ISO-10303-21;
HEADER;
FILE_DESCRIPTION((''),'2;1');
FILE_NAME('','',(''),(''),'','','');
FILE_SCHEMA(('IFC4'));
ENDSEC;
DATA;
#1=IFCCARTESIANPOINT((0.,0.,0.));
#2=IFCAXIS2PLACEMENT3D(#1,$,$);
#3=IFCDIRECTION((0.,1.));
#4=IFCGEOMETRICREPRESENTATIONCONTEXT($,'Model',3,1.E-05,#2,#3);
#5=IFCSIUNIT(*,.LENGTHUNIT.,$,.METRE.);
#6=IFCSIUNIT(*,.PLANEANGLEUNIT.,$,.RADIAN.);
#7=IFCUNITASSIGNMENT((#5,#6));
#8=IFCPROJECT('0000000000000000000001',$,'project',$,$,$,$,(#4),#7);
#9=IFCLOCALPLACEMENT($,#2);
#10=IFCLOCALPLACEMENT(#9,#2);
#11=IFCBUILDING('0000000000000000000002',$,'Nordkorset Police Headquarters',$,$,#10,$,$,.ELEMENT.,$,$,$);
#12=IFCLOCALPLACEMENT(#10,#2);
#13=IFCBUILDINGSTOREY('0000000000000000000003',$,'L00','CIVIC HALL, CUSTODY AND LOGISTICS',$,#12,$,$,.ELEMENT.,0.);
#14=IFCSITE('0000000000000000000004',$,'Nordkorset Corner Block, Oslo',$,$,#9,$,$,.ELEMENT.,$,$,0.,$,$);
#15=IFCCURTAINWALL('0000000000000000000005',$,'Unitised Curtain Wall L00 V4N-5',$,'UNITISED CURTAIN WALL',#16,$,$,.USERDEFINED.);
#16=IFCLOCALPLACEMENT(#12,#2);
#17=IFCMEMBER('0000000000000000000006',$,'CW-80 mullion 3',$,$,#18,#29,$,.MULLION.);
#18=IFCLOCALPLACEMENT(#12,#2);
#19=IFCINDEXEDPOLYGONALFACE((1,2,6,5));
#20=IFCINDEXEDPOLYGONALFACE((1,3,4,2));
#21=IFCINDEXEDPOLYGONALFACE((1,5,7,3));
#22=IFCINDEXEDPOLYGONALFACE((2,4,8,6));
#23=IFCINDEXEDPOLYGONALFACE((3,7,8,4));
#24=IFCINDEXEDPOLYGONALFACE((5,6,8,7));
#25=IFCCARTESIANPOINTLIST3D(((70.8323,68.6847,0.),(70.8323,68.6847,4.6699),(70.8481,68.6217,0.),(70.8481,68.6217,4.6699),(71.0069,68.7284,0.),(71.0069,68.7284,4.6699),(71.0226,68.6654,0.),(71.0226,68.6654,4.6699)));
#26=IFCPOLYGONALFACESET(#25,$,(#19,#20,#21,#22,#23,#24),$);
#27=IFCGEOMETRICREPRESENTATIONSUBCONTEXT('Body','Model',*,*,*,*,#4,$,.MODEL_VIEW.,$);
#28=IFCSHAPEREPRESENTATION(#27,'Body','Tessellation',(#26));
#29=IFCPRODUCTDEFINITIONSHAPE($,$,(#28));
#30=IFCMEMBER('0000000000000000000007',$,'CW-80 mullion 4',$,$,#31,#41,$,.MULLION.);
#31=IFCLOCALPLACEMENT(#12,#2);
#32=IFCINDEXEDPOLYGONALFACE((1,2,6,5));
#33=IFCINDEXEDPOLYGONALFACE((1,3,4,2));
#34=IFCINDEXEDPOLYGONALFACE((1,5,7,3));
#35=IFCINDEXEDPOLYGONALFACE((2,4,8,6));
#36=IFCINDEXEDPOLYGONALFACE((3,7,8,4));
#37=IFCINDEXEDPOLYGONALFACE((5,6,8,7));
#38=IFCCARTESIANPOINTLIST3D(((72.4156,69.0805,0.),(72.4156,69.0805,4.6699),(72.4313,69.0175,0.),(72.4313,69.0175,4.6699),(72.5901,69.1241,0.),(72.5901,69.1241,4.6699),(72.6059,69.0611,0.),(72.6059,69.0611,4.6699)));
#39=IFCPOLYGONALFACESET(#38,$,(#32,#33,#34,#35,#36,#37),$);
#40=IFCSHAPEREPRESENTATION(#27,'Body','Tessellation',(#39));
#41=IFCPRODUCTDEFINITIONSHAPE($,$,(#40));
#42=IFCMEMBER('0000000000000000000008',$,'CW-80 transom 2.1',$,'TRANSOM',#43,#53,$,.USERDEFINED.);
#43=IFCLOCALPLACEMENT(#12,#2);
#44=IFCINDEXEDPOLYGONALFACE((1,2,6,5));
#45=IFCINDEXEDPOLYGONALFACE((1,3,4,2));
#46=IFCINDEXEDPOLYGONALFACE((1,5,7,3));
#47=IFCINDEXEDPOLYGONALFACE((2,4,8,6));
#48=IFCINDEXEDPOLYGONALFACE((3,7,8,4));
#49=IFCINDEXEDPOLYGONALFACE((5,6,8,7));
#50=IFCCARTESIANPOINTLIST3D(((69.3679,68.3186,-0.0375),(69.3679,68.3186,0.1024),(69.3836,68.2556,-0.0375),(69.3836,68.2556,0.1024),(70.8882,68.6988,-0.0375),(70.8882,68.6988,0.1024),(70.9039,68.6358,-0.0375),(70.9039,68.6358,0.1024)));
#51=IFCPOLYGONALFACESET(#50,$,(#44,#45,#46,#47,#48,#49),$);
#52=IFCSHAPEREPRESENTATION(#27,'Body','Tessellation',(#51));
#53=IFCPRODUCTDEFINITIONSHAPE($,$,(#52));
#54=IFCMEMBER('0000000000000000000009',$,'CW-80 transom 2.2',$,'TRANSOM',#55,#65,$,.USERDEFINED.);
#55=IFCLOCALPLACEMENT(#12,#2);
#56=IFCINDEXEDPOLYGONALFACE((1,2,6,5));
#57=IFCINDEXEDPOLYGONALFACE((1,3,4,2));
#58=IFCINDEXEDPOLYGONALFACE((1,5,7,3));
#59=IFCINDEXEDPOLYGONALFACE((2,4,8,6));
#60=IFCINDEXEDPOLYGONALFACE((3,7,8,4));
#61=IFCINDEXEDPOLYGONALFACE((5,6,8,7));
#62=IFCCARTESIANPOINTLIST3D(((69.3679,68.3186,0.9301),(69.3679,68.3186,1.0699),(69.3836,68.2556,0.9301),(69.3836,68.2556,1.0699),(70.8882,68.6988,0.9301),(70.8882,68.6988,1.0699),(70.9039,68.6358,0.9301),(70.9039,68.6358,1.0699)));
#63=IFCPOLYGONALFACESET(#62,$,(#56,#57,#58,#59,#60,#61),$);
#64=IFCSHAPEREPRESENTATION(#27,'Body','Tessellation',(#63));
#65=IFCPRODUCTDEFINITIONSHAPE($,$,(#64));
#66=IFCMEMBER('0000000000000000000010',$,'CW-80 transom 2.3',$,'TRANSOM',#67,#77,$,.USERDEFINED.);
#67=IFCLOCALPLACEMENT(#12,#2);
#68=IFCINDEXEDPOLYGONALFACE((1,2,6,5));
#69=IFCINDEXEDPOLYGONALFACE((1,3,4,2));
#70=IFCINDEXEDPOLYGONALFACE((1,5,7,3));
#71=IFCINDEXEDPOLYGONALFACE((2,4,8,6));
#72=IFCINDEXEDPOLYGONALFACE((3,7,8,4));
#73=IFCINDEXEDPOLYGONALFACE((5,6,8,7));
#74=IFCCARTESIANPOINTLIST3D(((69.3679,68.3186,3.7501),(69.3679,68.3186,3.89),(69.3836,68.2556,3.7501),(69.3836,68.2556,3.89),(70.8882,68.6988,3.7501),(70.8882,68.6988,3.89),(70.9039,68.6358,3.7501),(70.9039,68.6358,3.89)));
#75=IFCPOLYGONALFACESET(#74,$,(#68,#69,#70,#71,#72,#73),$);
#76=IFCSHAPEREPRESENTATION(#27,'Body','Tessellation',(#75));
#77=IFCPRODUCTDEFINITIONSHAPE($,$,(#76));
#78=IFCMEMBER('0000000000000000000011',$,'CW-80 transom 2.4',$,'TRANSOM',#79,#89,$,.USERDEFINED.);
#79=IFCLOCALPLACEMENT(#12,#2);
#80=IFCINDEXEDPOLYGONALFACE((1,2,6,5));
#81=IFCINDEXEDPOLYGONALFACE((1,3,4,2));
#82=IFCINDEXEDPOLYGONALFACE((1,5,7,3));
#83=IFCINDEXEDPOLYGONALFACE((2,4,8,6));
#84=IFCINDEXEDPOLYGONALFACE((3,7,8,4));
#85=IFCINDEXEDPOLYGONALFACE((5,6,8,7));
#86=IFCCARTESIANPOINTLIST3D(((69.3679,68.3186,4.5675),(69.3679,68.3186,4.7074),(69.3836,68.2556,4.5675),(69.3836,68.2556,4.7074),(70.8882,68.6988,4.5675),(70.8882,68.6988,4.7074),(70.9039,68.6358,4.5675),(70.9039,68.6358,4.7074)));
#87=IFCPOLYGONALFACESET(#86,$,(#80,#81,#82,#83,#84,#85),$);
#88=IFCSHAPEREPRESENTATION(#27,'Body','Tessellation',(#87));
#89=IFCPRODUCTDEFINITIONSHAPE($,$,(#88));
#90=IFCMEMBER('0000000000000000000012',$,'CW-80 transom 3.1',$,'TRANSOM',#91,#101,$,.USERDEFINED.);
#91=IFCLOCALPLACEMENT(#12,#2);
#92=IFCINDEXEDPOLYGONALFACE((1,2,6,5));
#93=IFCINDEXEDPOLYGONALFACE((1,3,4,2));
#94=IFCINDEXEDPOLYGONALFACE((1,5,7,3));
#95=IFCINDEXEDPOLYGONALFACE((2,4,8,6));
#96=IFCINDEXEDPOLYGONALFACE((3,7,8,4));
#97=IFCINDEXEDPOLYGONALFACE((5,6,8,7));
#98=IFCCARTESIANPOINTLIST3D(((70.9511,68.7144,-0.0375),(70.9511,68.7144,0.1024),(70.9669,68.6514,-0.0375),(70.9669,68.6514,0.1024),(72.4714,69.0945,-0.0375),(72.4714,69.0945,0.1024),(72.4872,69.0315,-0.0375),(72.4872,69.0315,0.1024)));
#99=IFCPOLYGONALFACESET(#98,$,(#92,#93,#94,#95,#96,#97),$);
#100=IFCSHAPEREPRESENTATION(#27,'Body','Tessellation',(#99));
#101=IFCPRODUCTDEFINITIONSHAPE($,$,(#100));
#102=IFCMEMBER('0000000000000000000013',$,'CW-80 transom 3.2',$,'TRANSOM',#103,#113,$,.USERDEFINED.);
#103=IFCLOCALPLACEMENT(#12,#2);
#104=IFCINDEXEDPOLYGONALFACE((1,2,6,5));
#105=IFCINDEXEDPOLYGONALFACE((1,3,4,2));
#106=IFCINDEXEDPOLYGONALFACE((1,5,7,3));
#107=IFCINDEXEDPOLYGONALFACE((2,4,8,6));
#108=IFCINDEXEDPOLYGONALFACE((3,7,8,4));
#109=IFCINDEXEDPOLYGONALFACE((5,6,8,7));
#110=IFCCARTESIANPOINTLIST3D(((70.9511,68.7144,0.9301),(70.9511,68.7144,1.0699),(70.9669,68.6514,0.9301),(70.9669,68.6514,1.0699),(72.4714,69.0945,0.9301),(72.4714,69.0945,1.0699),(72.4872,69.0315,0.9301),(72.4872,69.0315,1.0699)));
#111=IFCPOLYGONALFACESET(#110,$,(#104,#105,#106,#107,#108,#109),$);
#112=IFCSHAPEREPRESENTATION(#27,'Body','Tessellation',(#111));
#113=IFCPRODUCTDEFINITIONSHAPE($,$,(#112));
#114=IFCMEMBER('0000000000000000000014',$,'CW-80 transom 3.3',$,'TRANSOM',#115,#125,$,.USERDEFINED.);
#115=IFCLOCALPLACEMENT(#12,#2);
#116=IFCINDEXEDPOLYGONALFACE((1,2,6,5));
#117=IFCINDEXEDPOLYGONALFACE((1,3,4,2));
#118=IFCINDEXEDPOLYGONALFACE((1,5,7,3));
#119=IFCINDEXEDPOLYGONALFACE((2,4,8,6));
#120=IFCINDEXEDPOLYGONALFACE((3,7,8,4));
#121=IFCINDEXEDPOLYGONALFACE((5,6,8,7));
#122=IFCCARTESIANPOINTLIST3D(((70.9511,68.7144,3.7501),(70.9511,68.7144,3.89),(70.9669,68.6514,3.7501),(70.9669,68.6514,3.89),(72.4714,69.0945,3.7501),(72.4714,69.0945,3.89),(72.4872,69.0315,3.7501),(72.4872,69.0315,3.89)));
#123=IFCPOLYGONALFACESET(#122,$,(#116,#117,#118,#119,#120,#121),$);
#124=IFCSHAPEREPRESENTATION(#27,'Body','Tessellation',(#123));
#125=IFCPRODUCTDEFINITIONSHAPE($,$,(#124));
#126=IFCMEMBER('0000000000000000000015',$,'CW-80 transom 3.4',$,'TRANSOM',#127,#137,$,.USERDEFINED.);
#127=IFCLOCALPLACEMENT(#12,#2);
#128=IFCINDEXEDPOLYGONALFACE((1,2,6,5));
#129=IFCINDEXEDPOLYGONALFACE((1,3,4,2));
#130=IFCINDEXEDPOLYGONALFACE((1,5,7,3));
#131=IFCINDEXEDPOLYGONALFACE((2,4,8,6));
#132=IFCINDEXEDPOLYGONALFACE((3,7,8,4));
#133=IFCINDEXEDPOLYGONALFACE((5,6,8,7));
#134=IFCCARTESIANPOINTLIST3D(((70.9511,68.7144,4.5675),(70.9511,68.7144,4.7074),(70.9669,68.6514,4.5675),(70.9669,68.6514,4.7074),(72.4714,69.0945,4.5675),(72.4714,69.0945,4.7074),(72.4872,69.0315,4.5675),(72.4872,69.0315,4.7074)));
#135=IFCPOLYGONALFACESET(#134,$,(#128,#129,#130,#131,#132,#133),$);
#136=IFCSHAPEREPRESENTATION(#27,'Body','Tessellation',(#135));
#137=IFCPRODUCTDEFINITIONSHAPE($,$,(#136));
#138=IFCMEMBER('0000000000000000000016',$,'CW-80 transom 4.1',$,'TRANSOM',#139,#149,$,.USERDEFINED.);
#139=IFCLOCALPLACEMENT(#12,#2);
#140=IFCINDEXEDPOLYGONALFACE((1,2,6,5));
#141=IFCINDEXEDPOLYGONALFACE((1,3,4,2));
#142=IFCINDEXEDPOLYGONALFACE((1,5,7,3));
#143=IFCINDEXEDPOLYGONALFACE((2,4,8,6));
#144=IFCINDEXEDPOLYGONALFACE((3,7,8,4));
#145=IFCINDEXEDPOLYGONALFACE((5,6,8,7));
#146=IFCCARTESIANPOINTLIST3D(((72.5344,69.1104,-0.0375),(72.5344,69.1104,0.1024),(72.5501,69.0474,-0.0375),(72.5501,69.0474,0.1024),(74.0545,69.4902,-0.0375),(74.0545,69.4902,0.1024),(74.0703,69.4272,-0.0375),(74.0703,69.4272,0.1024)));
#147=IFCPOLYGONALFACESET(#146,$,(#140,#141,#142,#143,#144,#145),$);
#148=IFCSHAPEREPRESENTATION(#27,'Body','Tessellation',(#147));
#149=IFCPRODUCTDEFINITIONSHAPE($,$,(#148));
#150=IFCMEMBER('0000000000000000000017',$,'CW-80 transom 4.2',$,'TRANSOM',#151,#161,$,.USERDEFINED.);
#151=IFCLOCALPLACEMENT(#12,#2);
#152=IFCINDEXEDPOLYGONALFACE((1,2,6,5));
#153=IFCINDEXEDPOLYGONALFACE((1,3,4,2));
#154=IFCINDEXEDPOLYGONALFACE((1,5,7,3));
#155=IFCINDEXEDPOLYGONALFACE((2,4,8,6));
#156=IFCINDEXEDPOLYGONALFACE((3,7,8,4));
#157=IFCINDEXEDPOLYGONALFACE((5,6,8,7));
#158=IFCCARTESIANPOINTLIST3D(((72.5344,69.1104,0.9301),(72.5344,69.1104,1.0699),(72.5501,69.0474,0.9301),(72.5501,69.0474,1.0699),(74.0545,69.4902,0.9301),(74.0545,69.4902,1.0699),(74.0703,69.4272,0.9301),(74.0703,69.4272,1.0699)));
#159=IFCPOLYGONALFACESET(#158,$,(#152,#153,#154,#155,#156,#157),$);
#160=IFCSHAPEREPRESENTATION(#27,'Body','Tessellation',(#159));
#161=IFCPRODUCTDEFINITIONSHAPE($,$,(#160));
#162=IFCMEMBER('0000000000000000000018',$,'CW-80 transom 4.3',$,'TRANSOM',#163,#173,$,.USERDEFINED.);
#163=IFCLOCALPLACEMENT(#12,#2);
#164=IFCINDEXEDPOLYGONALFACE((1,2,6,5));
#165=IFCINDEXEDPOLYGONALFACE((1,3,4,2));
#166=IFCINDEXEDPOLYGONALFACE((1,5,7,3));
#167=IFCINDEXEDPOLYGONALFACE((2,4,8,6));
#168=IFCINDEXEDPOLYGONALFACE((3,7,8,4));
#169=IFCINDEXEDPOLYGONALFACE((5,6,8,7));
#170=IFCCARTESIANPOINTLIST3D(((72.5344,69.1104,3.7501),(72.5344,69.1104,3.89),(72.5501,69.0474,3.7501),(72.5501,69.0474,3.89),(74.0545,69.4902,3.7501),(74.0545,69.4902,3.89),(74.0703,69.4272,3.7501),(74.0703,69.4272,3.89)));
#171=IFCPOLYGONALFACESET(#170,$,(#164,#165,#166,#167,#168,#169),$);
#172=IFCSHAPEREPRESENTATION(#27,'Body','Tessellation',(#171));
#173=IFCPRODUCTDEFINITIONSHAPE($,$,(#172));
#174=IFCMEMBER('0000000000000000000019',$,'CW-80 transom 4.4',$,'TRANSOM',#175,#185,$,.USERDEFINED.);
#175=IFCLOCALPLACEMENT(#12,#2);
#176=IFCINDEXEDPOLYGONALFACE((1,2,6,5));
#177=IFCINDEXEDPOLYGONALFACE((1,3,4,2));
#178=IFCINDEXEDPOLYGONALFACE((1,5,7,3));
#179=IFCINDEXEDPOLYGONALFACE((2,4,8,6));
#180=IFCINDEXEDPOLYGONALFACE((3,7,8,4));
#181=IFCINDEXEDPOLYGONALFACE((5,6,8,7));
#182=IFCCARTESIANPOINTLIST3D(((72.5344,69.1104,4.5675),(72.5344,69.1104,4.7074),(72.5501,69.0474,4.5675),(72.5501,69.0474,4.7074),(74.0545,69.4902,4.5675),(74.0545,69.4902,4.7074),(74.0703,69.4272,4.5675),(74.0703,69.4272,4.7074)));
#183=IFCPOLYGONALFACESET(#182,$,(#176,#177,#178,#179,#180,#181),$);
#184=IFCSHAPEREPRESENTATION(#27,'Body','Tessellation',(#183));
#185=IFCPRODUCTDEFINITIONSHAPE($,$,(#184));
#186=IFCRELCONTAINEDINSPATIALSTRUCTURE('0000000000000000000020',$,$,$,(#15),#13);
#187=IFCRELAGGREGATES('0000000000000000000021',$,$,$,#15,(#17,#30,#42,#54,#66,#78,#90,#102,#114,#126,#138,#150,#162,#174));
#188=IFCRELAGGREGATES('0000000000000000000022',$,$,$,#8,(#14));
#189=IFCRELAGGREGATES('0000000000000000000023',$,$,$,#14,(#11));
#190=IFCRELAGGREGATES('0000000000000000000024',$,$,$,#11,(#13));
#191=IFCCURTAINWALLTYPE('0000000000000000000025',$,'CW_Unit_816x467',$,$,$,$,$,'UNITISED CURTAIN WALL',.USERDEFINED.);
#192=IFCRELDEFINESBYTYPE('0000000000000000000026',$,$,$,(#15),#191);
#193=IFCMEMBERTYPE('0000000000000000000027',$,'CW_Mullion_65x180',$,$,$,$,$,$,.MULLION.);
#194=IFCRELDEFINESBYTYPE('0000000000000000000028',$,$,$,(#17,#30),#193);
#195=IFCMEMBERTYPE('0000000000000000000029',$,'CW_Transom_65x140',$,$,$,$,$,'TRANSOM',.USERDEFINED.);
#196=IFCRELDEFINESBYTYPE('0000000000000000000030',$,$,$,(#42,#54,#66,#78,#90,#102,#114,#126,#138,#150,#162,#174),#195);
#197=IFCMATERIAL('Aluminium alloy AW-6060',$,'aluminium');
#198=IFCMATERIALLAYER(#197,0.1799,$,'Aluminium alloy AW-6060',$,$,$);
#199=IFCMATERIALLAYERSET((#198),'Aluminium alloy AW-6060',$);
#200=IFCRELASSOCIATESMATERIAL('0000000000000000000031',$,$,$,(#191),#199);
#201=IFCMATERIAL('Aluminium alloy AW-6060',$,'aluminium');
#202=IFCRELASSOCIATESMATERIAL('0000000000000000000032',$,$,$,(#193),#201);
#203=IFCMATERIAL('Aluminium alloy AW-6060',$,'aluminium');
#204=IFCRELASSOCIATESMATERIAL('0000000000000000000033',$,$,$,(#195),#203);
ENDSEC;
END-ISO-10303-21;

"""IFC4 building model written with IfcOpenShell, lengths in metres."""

from ifc_helpers import new_model, si_unit, direction, frame, origin, origin_2d, place, context, subcontext, project, spatial, rectangle, extrude, material, layer, layer_set, material_profile, profile_set, type_object, element, aggregate, save


model = new_model("IFC4")

# Units and contexts
model_context = context("Model", 3, precision=1e-05, world=origin(), true_north=direction((0.0, 1.0)))
body_context = subcontext(model_context, "Body", "Model", "MODEL_VIEW")
ifc_project = project(units=[si_unit("LENGTHUNIT", "METRE"), si_unit("PLANEANGLEUNIT", "RADIAN")], contexts=[model_context])

# Site, building, storey
site_placement = place(None, origin())
site = spatial("IfcSite", under=ifc_project, at=site_placement, Name="Nordkorset Corner Block, Oslo", CompositionType="ELEMENT", RefElevation=0.0)
building_placement = place(site_placement, origin())
building = spatial("IfcBuilding", under=site, at=building_placement, Name="Nordkorset Police Headquarters", CompositionType="ELEMENT")
storey_placement = place(building_placement, origin())
storey = spatial("IfcBuildingStorey", under=building, at=storey_placement, Name="L00", Description="CIVIC HALL, CUSTODY AND LOGISTICS", CompositionType="ELEMENT", Elevation=0.0)

# Curtain wall, members
ifc_material_1 = material(Name="Aluminium alloy AW-6060", Category="aluminium")
ifc_layer_1 = layer(ifc_material_1, 0.1799, Name="Aluminium alloy AW-6060")
ifc_layer_set_1 = layer_set([ifc_layer_1], Name="Aluminium alloy AW-6060")
curtain_wall_type = type_object("IfcCurtainWallType", Name="CW_Unit_816x467", ElementType="UNITISED CURTAIN WALL", PredefinedType="USERDEFINED", material=ifc_layer_set_1)
curtain_wall_placement = place(storey_placement, origin())
curtain_wall = element("IfcCurtainWall", 1, at=curtain_wall_placement, inside=storey, type_object=curtain_wall_type, Name="Unitised Curtain Wall L00 V4N-5", ObjectType="UNITISED CURTAIN WALL", PredefinedType="USERDEFINED")
ifc_material_2 = material(Name="Aluminium alloy AW-6060", Category="aluminium")
ifc_material_profile_1 = material_profile(ifc_material_2, rectangle(XDim=0.0649, YDim=0.1799, at=origin_2d()), Name="ALU MULL 65x180")
ifc_profile_set_1 = profile_set([ifc_material_profile_1], Name="Aluminium alloy AW-6060")
member_type_1 = type_object("IfcMemberType", Name="CW_Mullion_65x180", PredefinedType="MULLION", material=ifc_profile_set_1)
member_1_placement = place(storey_placement, frame((70.9275, 68.675, 0.0), z_axis=(0.0, 0.0, 1.0), x_axis=(-0.242536, 0.970143, 0.0)))
member_1 = element("IfcMember", 2, at=member_1_placement, type_object=member_type_1, Name="CW-80 mullion 3", PredefinedType="MULLION", context=body_context, shape_type="SweptSolid", body=[
    extrude(rectangle(XDim=0.0649, YDim=0.1799, at=origin_2d()), origin(), (0.0, 0.0, 1.0), 4.6699),
])
member_2_placement = place(storey_placement, frame((72.5107, 69.0708, 0.0), z_axis=(0.0, 0.0, 1.0), x_axis=(-0.242536, 0.970143, 0.0)))
member_2 = element("IfcMember", 3, at=member_2_placement, type_object=member_type_1, Name="CW-80 mullion 4", PredefinedType="MULLION", context=body_context, shape_type="SweptSolid", body=[
    extrude(rectangle(XDim=0.0649, YDim=0.1799, at=origin_2d()), origin(), (0.0, 0.0, 1.0), 4.6699),
])
ifc_material_3 = material(Name="Aluminium alloy AW-6060", Category="aluminium")
ifc_material_profile_2 = material_profile(ifc_material_3, rectangle(XDim=0.0649, YDim=0.1399, at=origin_2d()), Name="ALU TRAN 65x140")
ifc_profile_set_2 = profile_set([ifc_material_profile_2], Name="Aluminium alloy AW-6060")
member_type_2 = type_object("IfcMemberType", Name="CW_Transom_65x140", ElementType="TRANSOM", PredefinedType="USERDEFINED", material=ifc_profile_set_2)
member_3_placement = place(storey_placement, frame((69.3757, 68.2871, 0.0325), z_axis=(0.970133, 0.242572, 0.0), x_axis=(-0.242572, 0.970133, 0.0)))
member_3 = element("IfcMember", 4, at=member_3_placement, type_object=member_type_2, Name="CW-80 transom 2.1", ObjectType="TRANSOM", PredefinedType="USERDEFINED", context=body_context, shape_type="SweptSolid", body=[
    extrude(rectangle(XDim=0.0649, YDim=0.1399, at=origin_2d()), origin(), (0.0, 0.0, 1.0), 1.5671),
])
member_4_placement = place(storey_placement, frame((69.3757, 68.2871, 1.0), z_axis=(0.970133, 0.242572, 0.0), x_axis=(-0.242572, 0.970133, 0.0)))
member_4 = element("IfcMember", 5, at=member_4_placement, type_object=member_type_2, Name="CW-80 transom 2.2", ObjectType="TRANSOM", PredefinedType="USERDEFINED", context=body_context, shape_type="SweptSolid", body=[
    extrude(rectangle(XDim=0.0649, YDim=0.1399, at=origin_2d()), origin(), (0.0, 0.0, 1.0), 1.5671),
])
member_5_placement = place(storey_placement, frame((69.3757, 68.2871, 3.8201), z_axis=(0.970133, 0.242572, 0.0), x_axis=(-0.242572, 0.970133, 0.0)))
member_5 = element("IfcMember", 6, at=member_5_placement, type_object=member_type_2, Name="CW-80 transom 2.3", ObjectType="TRANSOM", PredefinedType="USERDEFINED", context=body_context, shape_type="SweptSolid", body=[
    extrude(rectangle(XDim=0.0649, YDim=0.1399, at=origin_2d()), origin(), (0.0, 0.0, 1.0), 1.5671),
])
member_6_placement = place(storey_placement, frame((69.3757, 68.2871, 4.6375), z_axis=(0.970133, 0.242572, 0.0), x_axis=(-0.242572, 0.970133, 0.0)))
member_6 = element("IfcMember", 7, at=member_6_placement, type_object=member_type_2, Name="CW-80 transom 2.4", ObjectType="TRANSOM", PredefinedType="USERDEFINED", context=body_context, shape_type="SweptSolid", body=[
    extrude(rectangle(XDim=0.0649, YDim=0.1399, at=origin_2d()), origin(), (0.0, 0.0, 1.0), 1.5671),
])
member_7_placement = place(storey_placement, frame((70.959, 68.6829, 0.0325), z_axis=(0.970133, 0.242572, 0.0), x_axis=(-0.242572, 0.970133, 0.0)))
member_7 = element("IfcMember", 8, at=member_7_placement, type_object=member_type_2, Name="CW-80 transom 3.1", ObjectType="TRANSOM", PredefinedType="USERDEFINED", context=body_context, shape_type="SweptSolid", body=[
    extrude(rectangle(XDim=0.0649, YDim=0.1399, at=origin_2d()), origin(), (0.0, 0.0, 1.0), 1.5671),
])
member_8_placement = place(storey_placement, frame((70.959, 68.6829, 1.0), z_axis=(0.970133, 0.242572, 0.0), x_axis=(-0.242572, 0.970133, 0.0)))
member_8 = element("IfcMember", 9, at=member_8_placement, type_object=member_type_2, Name="CW-80 transom 3.2", ObjectType="TRANSOM", PredefinedType="USERDEFINED", context=body_context, shape_type="SweptSolid", body=[
    extrude(rectangle(XDim=0.0649, YDim=0.1399, at=origin_2d()), origin(), (0.0, 0.0, 1.0), 1.5671),
])
member_9_placement = place(storey_placement, frame((70.959, 68.6829, 3.8201), z_axis=(0.970133, 0.242572, 0.0), x_axis=(-0.242572, 0.970133, 0.0)))
member_9 = element("IfcMember", 10, at=member_9_placement, type_object=member_type_2, Name="CW-80 transom 3.3", ObjectType="TRANSOM", PredefinedType="USERDEFINED", context=body_context, shape_type="SweptSolid", body=[
    extrude(rectangle(XDim=0.0649, YDim=0.1399, at=origin_2d()), origin(), (0.0, 0.0, 1.0), 1.5671),
])
member_10_placement = place(storey_placement, frame((70.959, 68.6829, 4.6375), z_axis=(0.970133, 0.242572, 0.0), x_axis=(-0.242572, 0.970133, 0.0)))
member_10 = element("IfcMember", 11, at=member_10_placement, type_object=member_type_2, Name="CW-80 transom 3.4", ObjectType="TRANSOM", PredefinedType="USERDEFINED", context=body_context, shape_type="SweptSolid", body=[
    extrude(rectangle(XDim=0.0649, YDim=0.1399, at=origin_2d()), origin(), (0.0, 0.0, 1.0), 1.5671),
])
member_11_placement = place(storey_placement, frame((72.5422, 69.0789, 0.0325), z_axis=(0.97017, 0.242426, 0.0), x_axis=(-0.242426, 0.97017, 0.0)))
member_11 = element("IfcMember", 12, at=member_11_placement, type_object=member_type_2, Name="CW-80 transom 4.1", ObjectType="TRANSOM", PredefinedType="USERDEFINED", context=body_context, shape_type="SweptSolid", body=[
    extrude(rectangle(XDim=0.0649, YDim=0.1399, at=origin_2d()), origin(), (0.0, 0.0, 1.0), 1.5669),
])
member_12_placement = place(storey_placement, frame((72.5422, 69.0789, 1.0), z_axis=(0.97017, 0.242426, 0.0), x_axis=(-0.242426, 0.97017, 0.0)))
member_12 = element("IfcMember", 13, at=member_12_placement, type_object=member_type_2, Name="CW-80 transom 4.2", ObjectType="TRANSOM", PredefinedType="USERDEFINED", context=body_context, shape_type="SweptSolid", body=[
    extrude(rectangle(XDim=0.0649, YDim=0.1399, at=origin_2d()), origin(), (0.0, 0.0, 1.0), 1.5669),
])
member_13_placement = place(storey_placement, frame((72.5422, 69.0789, 3.8201), z_axis=(0.97017, 0.242426, 0.0), x_axis=(-0.242426, 0.97017, 0.0)))
member_13 = element("IfcMember", 14, at=member_13_placement, type_object=member_type_2, Name="CW-80 transom 4.3", ObjectType="TRANSOM", PredefinedType="USERDEFINED", context=body_context, shape_type="SweptSolid", body=[
    extrude(rectangle(XDim=0.0649, YDim=0.1399, at=origin_2d()), origin(), (0.0, 0.0, 1.0), 1.5669),
])
member_14_placement = place(storey_placement, frame((72.5422, 69.0789, 4.6375), z_axis=(0.97017, 0.242426, 0.0), x_axis=(-0.242426, 0.97017, 0.0)))
member_14 = element("IfcMember", 15, at=member_14_placement, type_object=member_type_2, Name="CW-80 transom 4.4", ObjectType="TRANSOM", PredefinedType="USERDEFINED", context=body_context, shape_type="SweptSolid", body=[
    extrude(rectangle(XDim=0.0649, YDim=0.1399, at=origin_2d()), origin(), (0.0, 0.0, 1.0), 1.5669),
])
aggregate(curtain_wall, [member_1, member_2, member_3, member_4, member_5, member_6, member_7, member_8, member_9, member_10, member_11, member_12, member_13, member_14])

save(model, "model.ifc")
